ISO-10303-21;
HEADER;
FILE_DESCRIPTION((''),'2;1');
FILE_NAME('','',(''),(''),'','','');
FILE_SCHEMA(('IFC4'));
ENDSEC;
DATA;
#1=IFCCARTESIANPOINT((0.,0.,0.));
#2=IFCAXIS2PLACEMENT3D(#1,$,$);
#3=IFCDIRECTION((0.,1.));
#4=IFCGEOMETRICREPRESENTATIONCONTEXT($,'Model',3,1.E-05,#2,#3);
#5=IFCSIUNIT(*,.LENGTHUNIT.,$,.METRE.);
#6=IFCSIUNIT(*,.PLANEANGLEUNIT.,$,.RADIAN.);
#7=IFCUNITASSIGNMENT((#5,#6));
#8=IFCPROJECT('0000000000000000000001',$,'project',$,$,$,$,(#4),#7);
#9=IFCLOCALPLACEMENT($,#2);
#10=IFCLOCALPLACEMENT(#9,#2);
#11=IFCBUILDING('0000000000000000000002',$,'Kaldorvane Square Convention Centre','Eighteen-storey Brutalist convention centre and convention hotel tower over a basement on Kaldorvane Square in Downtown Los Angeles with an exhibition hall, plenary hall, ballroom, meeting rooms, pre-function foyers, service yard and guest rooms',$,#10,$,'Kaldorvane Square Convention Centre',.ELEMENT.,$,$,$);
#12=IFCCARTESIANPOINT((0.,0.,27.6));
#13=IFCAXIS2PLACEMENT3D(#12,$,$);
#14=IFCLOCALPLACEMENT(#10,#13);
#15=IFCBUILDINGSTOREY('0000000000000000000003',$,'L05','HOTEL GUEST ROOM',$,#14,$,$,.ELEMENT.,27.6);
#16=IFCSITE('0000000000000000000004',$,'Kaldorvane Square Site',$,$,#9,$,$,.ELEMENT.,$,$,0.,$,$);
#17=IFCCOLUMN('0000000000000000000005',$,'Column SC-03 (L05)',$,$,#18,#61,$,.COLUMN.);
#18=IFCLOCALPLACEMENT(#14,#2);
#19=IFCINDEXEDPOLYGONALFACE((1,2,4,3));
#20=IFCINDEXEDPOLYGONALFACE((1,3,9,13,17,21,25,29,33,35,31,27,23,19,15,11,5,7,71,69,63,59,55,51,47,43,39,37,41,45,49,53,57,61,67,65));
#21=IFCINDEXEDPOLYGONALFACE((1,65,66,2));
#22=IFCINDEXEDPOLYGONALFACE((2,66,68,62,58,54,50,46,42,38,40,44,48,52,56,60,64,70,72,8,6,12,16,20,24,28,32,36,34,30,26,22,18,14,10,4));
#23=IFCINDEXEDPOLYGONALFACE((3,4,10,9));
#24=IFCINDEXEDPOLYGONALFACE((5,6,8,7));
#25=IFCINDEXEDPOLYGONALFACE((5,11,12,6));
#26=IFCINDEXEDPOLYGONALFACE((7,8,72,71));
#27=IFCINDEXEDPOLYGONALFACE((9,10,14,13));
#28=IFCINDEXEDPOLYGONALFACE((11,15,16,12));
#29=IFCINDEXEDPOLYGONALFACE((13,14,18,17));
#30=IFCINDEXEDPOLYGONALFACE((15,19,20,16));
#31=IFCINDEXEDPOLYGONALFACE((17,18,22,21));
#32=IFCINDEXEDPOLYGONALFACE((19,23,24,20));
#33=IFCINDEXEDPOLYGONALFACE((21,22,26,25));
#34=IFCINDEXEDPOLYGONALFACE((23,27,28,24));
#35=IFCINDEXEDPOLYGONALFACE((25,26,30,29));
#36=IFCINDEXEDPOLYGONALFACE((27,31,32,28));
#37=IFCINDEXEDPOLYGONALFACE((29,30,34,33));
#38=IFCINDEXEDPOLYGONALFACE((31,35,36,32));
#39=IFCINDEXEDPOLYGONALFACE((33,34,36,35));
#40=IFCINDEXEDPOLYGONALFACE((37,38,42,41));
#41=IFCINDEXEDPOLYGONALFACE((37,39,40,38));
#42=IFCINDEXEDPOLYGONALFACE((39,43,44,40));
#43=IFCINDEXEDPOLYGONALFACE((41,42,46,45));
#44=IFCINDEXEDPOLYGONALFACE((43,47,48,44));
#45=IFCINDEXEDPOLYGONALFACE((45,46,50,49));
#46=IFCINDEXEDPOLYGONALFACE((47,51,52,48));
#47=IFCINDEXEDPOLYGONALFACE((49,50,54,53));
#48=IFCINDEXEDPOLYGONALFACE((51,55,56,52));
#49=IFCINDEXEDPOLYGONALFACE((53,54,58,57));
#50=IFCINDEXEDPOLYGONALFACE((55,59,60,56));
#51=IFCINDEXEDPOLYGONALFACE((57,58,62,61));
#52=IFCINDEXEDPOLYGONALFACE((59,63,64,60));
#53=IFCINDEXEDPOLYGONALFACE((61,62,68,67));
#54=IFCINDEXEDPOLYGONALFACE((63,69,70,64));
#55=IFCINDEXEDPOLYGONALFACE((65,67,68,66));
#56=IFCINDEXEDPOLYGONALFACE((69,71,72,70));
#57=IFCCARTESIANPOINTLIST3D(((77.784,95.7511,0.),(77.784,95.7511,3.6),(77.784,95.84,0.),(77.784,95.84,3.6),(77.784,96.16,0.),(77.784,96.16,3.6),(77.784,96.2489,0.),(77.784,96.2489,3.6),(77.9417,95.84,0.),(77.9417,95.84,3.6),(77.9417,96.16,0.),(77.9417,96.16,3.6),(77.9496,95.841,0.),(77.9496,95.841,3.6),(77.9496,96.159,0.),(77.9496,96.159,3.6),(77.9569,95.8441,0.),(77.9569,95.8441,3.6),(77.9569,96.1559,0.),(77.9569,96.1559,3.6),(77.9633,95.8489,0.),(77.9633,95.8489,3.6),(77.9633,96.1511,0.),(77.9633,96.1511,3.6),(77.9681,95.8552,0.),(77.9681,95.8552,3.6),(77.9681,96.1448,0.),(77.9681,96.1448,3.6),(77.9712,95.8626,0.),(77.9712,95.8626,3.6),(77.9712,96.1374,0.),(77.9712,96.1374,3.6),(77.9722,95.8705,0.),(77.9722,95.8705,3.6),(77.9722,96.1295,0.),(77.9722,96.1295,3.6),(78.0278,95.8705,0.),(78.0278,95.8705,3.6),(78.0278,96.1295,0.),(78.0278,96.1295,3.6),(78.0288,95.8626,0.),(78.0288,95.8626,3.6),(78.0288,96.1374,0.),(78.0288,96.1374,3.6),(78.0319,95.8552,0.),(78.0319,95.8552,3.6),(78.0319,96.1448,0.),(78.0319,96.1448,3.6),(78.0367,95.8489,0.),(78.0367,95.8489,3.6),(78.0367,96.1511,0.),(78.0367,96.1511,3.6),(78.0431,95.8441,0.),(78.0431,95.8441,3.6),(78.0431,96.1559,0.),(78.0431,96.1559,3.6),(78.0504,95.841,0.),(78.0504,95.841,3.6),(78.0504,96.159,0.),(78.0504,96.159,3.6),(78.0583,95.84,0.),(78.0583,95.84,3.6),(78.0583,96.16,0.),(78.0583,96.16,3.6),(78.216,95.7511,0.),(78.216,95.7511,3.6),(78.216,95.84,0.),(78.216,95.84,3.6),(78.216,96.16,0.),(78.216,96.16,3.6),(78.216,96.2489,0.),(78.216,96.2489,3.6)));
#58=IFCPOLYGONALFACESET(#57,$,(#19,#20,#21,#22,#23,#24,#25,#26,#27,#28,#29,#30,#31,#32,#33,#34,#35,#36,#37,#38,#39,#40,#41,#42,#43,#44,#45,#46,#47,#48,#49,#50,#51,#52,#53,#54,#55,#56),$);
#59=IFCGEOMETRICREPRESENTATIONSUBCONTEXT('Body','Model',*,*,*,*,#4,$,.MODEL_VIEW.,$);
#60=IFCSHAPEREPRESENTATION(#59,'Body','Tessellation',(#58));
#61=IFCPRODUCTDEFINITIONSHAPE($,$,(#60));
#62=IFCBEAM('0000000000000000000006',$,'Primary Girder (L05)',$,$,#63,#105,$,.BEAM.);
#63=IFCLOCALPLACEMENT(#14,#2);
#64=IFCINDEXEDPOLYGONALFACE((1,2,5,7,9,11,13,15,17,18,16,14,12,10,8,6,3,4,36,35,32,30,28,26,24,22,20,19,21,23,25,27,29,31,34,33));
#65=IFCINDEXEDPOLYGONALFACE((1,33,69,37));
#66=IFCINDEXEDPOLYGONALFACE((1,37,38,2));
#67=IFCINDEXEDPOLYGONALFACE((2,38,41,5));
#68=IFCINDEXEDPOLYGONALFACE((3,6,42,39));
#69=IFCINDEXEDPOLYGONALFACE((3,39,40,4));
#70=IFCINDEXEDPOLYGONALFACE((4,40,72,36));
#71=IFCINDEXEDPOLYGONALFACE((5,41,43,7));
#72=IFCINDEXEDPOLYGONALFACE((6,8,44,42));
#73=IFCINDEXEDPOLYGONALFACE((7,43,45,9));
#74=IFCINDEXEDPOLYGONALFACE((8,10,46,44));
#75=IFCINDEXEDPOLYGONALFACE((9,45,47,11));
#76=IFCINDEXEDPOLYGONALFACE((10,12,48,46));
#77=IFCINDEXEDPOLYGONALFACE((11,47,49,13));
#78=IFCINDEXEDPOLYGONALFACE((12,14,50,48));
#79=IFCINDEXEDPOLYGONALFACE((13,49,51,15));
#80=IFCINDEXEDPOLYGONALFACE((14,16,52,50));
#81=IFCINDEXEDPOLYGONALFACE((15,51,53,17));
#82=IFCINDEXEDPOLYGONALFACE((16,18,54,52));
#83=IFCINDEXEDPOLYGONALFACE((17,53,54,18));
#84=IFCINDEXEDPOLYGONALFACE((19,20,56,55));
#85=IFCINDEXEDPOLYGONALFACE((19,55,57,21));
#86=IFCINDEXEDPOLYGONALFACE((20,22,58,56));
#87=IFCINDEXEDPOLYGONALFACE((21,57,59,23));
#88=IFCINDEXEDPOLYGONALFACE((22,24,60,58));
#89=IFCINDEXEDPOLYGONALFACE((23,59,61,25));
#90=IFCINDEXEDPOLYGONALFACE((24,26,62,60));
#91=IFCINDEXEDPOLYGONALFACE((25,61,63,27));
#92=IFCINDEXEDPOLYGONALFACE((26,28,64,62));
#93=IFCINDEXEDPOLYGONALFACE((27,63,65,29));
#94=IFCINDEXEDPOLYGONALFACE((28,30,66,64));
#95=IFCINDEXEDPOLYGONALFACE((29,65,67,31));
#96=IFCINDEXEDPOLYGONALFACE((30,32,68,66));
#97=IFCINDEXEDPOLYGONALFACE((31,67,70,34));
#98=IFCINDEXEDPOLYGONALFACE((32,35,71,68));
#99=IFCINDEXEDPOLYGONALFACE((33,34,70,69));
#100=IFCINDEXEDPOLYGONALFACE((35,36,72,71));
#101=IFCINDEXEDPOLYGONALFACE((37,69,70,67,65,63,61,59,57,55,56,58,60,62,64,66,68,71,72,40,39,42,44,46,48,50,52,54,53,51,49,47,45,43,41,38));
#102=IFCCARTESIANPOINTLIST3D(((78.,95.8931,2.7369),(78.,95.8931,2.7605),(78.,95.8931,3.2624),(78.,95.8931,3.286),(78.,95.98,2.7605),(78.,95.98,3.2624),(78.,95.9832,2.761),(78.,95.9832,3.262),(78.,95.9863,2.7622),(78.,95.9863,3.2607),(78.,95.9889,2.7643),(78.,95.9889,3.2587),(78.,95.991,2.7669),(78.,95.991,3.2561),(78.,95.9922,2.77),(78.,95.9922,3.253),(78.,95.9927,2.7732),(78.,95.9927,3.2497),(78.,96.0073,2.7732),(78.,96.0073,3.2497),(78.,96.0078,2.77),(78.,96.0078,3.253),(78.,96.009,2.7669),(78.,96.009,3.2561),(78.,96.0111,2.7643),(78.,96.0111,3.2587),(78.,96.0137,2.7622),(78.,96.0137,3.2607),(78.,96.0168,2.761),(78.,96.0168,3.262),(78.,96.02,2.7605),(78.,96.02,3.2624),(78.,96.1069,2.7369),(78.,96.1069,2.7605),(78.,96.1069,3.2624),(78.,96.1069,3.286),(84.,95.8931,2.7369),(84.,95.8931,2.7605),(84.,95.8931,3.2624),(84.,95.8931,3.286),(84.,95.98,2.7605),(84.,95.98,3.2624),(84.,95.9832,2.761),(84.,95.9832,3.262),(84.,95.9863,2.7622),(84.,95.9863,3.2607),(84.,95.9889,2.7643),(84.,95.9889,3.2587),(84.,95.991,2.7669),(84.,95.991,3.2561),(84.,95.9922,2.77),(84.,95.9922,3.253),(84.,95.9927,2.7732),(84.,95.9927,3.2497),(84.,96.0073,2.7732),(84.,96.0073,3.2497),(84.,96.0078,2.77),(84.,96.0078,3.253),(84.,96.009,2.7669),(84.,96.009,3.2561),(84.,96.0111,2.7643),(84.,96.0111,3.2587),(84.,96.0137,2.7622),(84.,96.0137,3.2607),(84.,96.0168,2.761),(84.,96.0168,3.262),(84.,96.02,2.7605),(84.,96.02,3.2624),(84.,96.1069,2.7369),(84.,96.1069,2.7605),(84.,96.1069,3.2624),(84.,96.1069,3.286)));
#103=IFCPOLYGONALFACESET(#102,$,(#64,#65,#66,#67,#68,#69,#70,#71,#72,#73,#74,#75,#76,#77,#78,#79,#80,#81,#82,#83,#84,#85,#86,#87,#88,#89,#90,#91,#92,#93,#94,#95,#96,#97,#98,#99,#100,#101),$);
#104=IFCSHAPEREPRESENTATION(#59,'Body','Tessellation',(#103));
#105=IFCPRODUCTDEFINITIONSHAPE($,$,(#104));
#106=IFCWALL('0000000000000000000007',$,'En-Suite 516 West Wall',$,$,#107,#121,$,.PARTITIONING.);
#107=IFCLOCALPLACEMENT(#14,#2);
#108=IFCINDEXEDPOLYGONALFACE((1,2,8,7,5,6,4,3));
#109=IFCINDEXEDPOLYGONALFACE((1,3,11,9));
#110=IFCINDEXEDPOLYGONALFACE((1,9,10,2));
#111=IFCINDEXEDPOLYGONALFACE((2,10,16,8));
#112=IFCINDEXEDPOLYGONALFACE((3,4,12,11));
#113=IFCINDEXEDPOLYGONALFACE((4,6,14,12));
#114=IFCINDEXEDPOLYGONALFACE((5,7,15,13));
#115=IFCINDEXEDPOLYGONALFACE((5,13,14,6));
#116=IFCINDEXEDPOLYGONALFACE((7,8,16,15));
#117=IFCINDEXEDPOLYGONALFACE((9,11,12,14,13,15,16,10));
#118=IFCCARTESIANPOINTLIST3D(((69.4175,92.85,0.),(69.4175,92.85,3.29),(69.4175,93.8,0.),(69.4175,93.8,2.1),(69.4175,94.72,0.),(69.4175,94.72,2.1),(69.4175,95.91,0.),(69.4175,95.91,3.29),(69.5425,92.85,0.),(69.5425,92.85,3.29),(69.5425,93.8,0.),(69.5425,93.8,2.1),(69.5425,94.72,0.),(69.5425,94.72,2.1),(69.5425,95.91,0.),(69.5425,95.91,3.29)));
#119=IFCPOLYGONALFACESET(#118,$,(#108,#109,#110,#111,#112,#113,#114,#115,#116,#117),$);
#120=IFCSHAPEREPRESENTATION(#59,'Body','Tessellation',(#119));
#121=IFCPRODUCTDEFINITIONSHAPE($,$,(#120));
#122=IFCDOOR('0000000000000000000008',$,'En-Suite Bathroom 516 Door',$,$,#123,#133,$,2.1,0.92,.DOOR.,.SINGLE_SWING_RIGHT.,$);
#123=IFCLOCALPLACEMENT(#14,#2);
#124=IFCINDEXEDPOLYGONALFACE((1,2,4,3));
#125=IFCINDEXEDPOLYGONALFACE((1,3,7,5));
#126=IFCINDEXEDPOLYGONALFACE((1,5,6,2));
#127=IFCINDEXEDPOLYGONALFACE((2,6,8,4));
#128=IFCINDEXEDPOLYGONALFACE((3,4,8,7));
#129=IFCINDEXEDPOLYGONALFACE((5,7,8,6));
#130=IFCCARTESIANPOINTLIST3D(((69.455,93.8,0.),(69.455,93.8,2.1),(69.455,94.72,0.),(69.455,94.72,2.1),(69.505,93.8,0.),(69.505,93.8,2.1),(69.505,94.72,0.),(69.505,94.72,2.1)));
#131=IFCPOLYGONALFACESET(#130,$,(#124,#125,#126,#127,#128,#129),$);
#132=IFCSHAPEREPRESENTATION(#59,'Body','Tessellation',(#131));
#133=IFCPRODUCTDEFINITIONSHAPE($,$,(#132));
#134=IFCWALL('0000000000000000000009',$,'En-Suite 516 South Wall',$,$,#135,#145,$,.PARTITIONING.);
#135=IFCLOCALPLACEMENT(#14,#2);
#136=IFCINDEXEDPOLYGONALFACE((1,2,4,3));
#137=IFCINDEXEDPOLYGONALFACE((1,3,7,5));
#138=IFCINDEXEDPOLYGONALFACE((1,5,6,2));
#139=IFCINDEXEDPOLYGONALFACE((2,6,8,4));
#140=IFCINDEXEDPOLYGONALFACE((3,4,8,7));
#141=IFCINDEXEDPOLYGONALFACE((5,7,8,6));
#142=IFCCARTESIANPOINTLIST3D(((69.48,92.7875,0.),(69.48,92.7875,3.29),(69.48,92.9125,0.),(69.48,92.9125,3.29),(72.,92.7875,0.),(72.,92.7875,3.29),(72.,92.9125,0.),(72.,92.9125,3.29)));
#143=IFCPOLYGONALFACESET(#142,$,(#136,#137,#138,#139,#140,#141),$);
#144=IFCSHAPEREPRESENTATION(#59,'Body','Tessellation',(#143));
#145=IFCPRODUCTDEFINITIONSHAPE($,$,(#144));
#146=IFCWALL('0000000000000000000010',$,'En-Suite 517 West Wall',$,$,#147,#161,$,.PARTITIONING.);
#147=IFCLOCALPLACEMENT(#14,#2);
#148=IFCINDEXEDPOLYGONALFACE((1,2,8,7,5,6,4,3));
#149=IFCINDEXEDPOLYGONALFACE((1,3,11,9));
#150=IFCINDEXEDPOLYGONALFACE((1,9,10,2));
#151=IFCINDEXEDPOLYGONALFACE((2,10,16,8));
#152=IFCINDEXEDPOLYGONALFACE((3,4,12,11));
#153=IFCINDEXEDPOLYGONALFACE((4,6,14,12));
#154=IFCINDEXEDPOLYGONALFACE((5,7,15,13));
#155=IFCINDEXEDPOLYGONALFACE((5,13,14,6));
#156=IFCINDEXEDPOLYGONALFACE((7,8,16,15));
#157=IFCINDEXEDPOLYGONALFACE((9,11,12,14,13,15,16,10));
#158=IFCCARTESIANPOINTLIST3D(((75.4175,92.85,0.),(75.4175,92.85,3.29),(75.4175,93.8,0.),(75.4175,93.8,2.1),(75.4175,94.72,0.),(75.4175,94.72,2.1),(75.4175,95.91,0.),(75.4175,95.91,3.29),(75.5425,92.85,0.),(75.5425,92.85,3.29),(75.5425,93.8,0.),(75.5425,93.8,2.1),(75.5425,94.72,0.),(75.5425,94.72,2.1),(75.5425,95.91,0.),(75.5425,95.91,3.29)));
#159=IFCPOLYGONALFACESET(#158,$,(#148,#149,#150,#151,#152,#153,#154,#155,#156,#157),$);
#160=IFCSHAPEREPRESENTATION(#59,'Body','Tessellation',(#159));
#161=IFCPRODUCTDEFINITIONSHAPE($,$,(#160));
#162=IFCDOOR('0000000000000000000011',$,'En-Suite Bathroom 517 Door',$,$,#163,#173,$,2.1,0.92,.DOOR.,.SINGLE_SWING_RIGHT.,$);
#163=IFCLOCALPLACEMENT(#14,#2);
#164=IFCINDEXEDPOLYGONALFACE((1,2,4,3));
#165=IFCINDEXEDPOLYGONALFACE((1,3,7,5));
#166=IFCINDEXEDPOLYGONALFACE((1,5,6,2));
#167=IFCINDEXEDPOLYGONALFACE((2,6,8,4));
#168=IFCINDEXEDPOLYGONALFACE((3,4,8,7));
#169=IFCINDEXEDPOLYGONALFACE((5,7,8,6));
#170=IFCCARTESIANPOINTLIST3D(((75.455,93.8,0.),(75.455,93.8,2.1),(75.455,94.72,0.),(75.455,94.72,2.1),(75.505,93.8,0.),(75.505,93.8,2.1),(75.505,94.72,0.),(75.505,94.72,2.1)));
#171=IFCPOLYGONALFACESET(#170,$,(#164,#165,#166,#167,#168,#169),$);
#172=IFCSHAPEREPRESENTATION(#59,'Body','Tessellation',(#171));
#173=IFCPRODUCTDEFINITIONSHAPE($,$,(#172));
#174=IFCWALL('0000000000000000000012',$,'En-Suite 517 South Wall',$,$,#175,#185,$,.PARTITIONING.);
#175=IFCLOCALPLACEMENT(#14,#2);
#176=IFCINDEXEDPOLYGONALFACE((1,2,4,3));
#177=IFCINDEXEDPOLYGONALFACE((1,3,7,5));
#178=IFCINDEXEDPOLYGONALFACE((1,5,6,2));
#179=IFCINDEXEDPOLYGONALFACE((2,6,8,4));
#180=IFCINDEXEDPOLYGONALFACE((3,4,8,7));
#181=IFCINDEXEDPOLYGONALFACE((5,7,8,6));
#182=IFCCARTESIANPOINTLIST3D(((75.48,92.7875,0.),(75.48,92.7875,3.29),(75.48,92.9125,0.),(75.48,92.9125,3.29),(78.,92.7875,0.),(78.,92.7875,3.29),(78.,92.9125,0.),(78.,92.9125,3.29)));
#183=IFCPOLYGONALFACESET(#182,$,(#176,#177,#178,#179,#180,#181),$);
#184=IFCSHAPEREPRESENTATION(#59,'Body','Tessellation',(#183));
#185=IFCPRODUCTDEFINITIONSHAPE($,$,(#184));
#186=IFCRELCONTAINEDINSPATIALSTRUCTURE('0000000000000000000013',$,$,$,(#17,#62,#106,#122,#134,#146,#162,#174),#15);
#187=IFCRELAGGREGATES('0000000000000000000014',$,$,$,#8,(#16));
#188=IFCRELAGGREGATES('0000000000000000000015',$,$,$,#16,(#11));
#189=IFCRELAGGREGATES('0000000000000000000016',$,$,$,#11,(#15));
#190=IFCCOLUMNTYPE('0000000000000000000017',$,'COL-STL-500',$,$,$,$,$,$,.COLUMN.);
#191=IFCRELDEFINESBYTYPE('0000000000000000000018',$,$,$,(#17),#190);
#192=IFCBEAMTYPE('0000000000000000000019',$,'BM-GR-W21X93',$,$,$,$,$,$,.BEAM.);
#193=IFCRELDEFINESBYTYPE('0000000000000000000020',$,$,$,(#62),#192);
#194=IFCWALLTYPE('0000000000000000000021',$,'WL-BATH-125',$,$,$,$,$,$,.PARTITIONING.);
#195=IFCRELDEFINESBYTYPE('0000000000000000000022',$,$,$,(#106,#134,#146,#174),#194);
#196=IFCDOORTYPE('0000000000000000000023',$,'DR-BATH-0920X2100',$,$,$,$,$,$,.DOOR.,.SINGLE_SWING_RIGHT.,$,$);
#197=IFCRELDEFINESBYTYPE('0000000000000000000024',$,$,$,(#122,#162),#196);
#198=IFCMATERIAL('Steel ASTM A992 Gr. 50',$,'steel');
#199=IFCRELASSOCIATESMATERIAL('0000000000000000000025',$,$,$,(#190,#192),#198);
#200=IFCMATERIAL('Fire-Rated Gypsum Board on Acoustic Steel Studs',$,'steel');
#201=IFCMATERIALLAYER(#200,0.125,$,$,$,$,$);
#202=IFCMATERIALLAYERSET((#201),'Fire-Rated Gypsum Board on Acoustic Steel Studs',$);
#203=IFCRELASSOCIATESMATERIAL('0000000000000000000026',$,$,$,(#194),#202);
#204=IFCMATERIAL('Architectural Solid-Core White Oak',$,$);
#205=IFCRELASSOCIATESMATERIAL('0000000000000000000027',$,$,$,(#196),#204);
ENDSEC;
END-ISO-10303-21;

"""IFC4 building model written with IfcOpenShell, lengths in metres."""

from ifc_helpers import new_model, si_unit, direction, frame, frame_2d, origin, origin_2d, place, context, subcontext, project, spatial, rectangle, i_section, extrude, material, layer, layer_set, material_profile, profile_set, type_object, element, fill, save


model = new_model("IFC4")

# Units and contexts
model_context = context("Model", 3, precision=1e-05, world=origin(), true_north=direction((0.0, 1.0)))
body_context = subcontext(model_context, "Body", "Model", "MODEL_VIEW")
ifc_project = project(units=[si_unit("LENGTHUNIT", "METRE"), si_unit("PLANEANGLEUNIT", "RADIAN")], contexts=[model_context])

# Site, building, storey
site_placement = place(None, origin())
site = spatial("IfcSite", under=ifc_project, at=site_placement, Name="Kaldorvane Square Site", CompositionType="ELEMENT", RefElevation=0.0)
building_placement = place(site_placement, origin())
building = spatial("IfcBuilding", under=site, at=building_placement, Name="Kaldorvane Square Convention Centre", Description="Eighteen-storey Brutalist convention centre and convention hotel tower over a basement on Kaldorvane Square in Downtown Los Angeles with an exhibition hall, plenary hall, ballroom, meeting rooms, pre-function foyers, service yard and guest rooms", LongName="Kaldorvane Square Convention Centre", CompositionType="ELEMENT")
storey_placement = place(building_placement, frame((0.0, 0.0, 27.6)))
storey = spatial("IfcBuildingStorey", under=building, at=storey_placement, Name="L05", Description="HOTEL GUEST ROOM", CompositionType="ELEMENT", Elevation=27.6)

# Column
ifc_material_1 = material(Name="Steel ASTM A992 Gr. 50", Category="steel")
ifc_material_profile_1 = material_profile(ifc_material_1, i_section(OverallWidth=0.4321, OverallDepth=0.4978, WebThickness=0.0556, FlangeThickness=0.0889, FilletRadius=0.0305, at=origin_2d()), Name="W14X500")
ifc_profile_set_1 = profile_set([ifc_material_profile_1], Name="Steel ASTM A992 Gr. 50")
column_type = type_object("IfcColumnType", Name="COL-STL-500", PredefinedType="COLUMN", material=ifc_profile_set_1)
column_placement = place(storey_placement, frame((78.0, 96.0, 0.0), z_axis=(0.0, 0.0, 1.0), x_axis=(1.0, 0.0, 0.0)))
element("IfcColumn", 1, at=column_placement, inside=storey, type_object=column_type, Name="Column SC-03 (L05)", PredefinedType="COLUMN", context=body_context, shape_type="SweptSolid", body=[
    extrude(i_section(OverallWidth=0.4321, OverallDepth=0.4978, WebThickness=0.0556, FlangeThickness=0.0889, FilletRadius=0.0305, at=origin_2d()), origin(), (0.0, 0.0, 1.0), 3.6),
])

# Beam
ifc_material_profile_2 = material_profile(ifc_material_1, i_section(OverallWidth=0.2139, OverallDepth=0.5491, WebThickness=0.0147, FlangeThickness=0.0236, FilletRadius=0.0127, at=origin_2d()), Name="W21X93")
ifc_profile_set_2 = profile_set([ifc_material_profile_2], Name="Steel ASTM A992 Gr. 50")
beam_type = type_object("IfcBeamType", Name="BM-GR-W21X93", PredefinedType="BEAM", material=ifc_profile_set_2)
beam_placement = place(storey_placement, frame((78.0, 96.0, 3.0115), z_axis=(1.0, 0.0, 0.0), x_axis=(0.0, 1.0, 0.0)))
element("IfcBeam", 2, at=beam_placement, inside=storey, type_object=beam_type, Name="Primary Girder (L05)", PredefinedType="BEAM", context=body_context, shape_type="SweptSolid", body=[
    extrude(i_section(OverallWidth=0.2139, OverallDepth=0.5491, WebThickness=0.0147, FlangeThickness=0.0236, FilletRadius=0.0127, at=origin_2d()), origin(), (0.0, 0.0, 1.0), 6.0),
])

# Wall, opening, door
ifc_material_2 = material(Name="Fire-Rated Gypsum Board on Acoustic Steel Studs", Category="steel")
ifc_layer_1 = layer(ifc_material_2, 0.125)
ifc_layer_set_1 = layer_set([ifc_layer_1], Name="Fire-Rated Gypsum Board on Acoustic Steel Studs")
wall_type_1 = type_object("IfcWallType", Name="WL-BATH-125", PredefinedType="PARTITIONING", material=ifc_layer_set_1)
wall_1_placement = place(storey_placement, frame((69.48, 92.85, 0.0), z_axis=(0.0, 0.0, 1.0), x_axis=(0.0, 1.0, 0.0)))
wall_1 = element("IfcWall", 3, at=wall_1_placement, inside=storey, type_object=wall_type_1, Name="En-Suite 516 West Wall", PredefinedType="PARTITIONING", context=body_context, shape_type="SweptSolid", body=[
    extrude(rectangle(XDim=3.06, YDim=0.125, at=frame_2d((1.53, 0.0))), origin(), (0.0, 0.0, 1.0), 3.29),
])
opening_1_placement = place(wall_1_placement, frame((0.95, 0.0, 0.0)))
opening_1 = element("IfcOpeningElement", 4, at=opening_1_placement, cuts=wall_1, PredefinedType="OPENING", context=body_context, shape_type="SweptSolid", body=[
    extrude(rectangle(XDim=0.92, YDim=2.1, at=frame_2d((0.46, 1.05))), frame((0.0, 0.0775, 0.0), z_axis=(0.0, -1.0, 0.0), x_axis=(1.0, 0.0, 0.0)), (0.0, 0.0, 1.0), 0.155),
])
ifc_material_3 = material(Name="Architectural Solid-Core White Oak")
door_type_1 = type_object("IfcDoorType", Name="DR-BATH-0920X2100", OperationType="SINGLE_SWING_RIGHT", PredefinedType="DOOR", material=ifc_material_3)
door_1_placement = place(opening_1_placement, origin())
door_1 = element("IfcDoor", 5, at=door_1_placement, inside=storey, type_object=door_type_1, Name="En-Suite Bathroom 516 Door", OperationType="SINGLE_SWING_RIGHT", OverallHeight=2.1, OverallWidth=0.92, PredefinedType="DOOR", context=body_context, shape_type="SweptSolid", body=[
    extrude(rectangle(XDim=0.92, YDim=2.1, at=frame_2d((0.46, 1.05))), frame((0.0, 0.025, 0.0), z_axis=(0.0, -1.0, 0.0), x_axis=(1.0, 0.0, 0.0)), (0.0, 0.0, 1.0), 0.05),
])
fill(opening_1, door_1)

# Wall
wall_2_placement = place(storey_placement, frame((69.48, 92.85, 0.0), z_axis=(0.0, 0.0, 1.0), x_axis=(1.0, 0.0, 0.0)))
element("IfcWall", 6, at=wall_2_placement, inside=storey, type_object=wall_type_1, Name="En-Suite 516 South Wall", PredefinedType="PARTITIONING", context=body_context, shape_type="SweptSolid", body=[
    extrude(rectangle(XDim=2.52, YDim=0.125, at=frame_2d((1.26, 0.0))), origin(), (0.0, 0.0, 1.0), 3.29),
])

# Wall, opening, door
wall_3_placement = place(storey_placement, frame((75.48, 92.85, 0.0), z_axis=(0.0, 0.0, 1.0), x_axis=(0.0, 1.0, 0.0)))
wall_3 = element("IfcWall", 7, at=wall_3_placement, inside=storey, type_object=wall_type_1, Name="En-Suite 517 West Wall", PredefinedType="PARTITIONING", context=body_context, shape_type="SweptSolid", body=[
    extrude(rectangle(XDim=3.06, YDim=0.125, at=frame_2d((1.53, 0.0))), origin(), (0.0, 0.0, 1.0), 3.29),
])
opening_2_placement = place(wall_3_placement, frame((0.95, 0.0, 0.0)))
opening_2 = element("IfcOpeningElement", 8, at=opening_2_placement, cuts=wall_3, PredefinedType="OPENING", context=body_context, shape_type="SweptSolid", body=[
    extrude(rectangle(XDim=0.92, YDim=2.1, at=frame_2d((0.46, 1.05))), frame((0.0, 0.0775, 0.0), z_axis=(0.0, -1.0, 0.0), x_axis=(1.0, 0.0, 0.0)), (0.0, 0.0, 1.0), 0.155),
])
door_2_placement = place(opening_2_placement, origin())
door_2 = element("IfcDoor", 9, at=door_2_placement, inside=storey, type_object=door_type_1, Name="En-Suite Bathroom 517 Door", OperationType="SINGLE_SWING_RIGHT", OverallHeight=2.1, OverallWidth=0.92, PredefinedType="DOOR", context=body_context, shape_type="SweptSolid", body=[
    extrude(rectangle(XDim=0.92, YDim=2.1, at=frame_2d((0.46, 1.05))), frame((0.0, 0.025, 0.0), z_axis=(0.0, -1.0, 0.0), x_axis=(1.0, 0.0, 0.0)), (0.0, 0.0, 1.0), 0.05),
])
fill(opening_2, door_2)

# Wall
wall_4_placement = place(storey_placement, frame((75.48, 92.85, 0.0), z_axis=(0.0, 0.0, 1.0), x_axis=(1.0, 0.0, 0.0)))
element("IfcWall", 10, at=wall_4_placement, inside=storey, type_object=wall_type_1, Name="En-Suite 517 South Wall", PredefinedType="PARTITIONING", context=body_context, shape_type="SweptSolid", body=[
    extrude(rectangle(XDim=2.52, YDim=0.125, at=frame_2d((1.26, 0.0))), origin(), (0.0, 0.0, 1.0), 3.29),
])

save(model, "model.ifc")
